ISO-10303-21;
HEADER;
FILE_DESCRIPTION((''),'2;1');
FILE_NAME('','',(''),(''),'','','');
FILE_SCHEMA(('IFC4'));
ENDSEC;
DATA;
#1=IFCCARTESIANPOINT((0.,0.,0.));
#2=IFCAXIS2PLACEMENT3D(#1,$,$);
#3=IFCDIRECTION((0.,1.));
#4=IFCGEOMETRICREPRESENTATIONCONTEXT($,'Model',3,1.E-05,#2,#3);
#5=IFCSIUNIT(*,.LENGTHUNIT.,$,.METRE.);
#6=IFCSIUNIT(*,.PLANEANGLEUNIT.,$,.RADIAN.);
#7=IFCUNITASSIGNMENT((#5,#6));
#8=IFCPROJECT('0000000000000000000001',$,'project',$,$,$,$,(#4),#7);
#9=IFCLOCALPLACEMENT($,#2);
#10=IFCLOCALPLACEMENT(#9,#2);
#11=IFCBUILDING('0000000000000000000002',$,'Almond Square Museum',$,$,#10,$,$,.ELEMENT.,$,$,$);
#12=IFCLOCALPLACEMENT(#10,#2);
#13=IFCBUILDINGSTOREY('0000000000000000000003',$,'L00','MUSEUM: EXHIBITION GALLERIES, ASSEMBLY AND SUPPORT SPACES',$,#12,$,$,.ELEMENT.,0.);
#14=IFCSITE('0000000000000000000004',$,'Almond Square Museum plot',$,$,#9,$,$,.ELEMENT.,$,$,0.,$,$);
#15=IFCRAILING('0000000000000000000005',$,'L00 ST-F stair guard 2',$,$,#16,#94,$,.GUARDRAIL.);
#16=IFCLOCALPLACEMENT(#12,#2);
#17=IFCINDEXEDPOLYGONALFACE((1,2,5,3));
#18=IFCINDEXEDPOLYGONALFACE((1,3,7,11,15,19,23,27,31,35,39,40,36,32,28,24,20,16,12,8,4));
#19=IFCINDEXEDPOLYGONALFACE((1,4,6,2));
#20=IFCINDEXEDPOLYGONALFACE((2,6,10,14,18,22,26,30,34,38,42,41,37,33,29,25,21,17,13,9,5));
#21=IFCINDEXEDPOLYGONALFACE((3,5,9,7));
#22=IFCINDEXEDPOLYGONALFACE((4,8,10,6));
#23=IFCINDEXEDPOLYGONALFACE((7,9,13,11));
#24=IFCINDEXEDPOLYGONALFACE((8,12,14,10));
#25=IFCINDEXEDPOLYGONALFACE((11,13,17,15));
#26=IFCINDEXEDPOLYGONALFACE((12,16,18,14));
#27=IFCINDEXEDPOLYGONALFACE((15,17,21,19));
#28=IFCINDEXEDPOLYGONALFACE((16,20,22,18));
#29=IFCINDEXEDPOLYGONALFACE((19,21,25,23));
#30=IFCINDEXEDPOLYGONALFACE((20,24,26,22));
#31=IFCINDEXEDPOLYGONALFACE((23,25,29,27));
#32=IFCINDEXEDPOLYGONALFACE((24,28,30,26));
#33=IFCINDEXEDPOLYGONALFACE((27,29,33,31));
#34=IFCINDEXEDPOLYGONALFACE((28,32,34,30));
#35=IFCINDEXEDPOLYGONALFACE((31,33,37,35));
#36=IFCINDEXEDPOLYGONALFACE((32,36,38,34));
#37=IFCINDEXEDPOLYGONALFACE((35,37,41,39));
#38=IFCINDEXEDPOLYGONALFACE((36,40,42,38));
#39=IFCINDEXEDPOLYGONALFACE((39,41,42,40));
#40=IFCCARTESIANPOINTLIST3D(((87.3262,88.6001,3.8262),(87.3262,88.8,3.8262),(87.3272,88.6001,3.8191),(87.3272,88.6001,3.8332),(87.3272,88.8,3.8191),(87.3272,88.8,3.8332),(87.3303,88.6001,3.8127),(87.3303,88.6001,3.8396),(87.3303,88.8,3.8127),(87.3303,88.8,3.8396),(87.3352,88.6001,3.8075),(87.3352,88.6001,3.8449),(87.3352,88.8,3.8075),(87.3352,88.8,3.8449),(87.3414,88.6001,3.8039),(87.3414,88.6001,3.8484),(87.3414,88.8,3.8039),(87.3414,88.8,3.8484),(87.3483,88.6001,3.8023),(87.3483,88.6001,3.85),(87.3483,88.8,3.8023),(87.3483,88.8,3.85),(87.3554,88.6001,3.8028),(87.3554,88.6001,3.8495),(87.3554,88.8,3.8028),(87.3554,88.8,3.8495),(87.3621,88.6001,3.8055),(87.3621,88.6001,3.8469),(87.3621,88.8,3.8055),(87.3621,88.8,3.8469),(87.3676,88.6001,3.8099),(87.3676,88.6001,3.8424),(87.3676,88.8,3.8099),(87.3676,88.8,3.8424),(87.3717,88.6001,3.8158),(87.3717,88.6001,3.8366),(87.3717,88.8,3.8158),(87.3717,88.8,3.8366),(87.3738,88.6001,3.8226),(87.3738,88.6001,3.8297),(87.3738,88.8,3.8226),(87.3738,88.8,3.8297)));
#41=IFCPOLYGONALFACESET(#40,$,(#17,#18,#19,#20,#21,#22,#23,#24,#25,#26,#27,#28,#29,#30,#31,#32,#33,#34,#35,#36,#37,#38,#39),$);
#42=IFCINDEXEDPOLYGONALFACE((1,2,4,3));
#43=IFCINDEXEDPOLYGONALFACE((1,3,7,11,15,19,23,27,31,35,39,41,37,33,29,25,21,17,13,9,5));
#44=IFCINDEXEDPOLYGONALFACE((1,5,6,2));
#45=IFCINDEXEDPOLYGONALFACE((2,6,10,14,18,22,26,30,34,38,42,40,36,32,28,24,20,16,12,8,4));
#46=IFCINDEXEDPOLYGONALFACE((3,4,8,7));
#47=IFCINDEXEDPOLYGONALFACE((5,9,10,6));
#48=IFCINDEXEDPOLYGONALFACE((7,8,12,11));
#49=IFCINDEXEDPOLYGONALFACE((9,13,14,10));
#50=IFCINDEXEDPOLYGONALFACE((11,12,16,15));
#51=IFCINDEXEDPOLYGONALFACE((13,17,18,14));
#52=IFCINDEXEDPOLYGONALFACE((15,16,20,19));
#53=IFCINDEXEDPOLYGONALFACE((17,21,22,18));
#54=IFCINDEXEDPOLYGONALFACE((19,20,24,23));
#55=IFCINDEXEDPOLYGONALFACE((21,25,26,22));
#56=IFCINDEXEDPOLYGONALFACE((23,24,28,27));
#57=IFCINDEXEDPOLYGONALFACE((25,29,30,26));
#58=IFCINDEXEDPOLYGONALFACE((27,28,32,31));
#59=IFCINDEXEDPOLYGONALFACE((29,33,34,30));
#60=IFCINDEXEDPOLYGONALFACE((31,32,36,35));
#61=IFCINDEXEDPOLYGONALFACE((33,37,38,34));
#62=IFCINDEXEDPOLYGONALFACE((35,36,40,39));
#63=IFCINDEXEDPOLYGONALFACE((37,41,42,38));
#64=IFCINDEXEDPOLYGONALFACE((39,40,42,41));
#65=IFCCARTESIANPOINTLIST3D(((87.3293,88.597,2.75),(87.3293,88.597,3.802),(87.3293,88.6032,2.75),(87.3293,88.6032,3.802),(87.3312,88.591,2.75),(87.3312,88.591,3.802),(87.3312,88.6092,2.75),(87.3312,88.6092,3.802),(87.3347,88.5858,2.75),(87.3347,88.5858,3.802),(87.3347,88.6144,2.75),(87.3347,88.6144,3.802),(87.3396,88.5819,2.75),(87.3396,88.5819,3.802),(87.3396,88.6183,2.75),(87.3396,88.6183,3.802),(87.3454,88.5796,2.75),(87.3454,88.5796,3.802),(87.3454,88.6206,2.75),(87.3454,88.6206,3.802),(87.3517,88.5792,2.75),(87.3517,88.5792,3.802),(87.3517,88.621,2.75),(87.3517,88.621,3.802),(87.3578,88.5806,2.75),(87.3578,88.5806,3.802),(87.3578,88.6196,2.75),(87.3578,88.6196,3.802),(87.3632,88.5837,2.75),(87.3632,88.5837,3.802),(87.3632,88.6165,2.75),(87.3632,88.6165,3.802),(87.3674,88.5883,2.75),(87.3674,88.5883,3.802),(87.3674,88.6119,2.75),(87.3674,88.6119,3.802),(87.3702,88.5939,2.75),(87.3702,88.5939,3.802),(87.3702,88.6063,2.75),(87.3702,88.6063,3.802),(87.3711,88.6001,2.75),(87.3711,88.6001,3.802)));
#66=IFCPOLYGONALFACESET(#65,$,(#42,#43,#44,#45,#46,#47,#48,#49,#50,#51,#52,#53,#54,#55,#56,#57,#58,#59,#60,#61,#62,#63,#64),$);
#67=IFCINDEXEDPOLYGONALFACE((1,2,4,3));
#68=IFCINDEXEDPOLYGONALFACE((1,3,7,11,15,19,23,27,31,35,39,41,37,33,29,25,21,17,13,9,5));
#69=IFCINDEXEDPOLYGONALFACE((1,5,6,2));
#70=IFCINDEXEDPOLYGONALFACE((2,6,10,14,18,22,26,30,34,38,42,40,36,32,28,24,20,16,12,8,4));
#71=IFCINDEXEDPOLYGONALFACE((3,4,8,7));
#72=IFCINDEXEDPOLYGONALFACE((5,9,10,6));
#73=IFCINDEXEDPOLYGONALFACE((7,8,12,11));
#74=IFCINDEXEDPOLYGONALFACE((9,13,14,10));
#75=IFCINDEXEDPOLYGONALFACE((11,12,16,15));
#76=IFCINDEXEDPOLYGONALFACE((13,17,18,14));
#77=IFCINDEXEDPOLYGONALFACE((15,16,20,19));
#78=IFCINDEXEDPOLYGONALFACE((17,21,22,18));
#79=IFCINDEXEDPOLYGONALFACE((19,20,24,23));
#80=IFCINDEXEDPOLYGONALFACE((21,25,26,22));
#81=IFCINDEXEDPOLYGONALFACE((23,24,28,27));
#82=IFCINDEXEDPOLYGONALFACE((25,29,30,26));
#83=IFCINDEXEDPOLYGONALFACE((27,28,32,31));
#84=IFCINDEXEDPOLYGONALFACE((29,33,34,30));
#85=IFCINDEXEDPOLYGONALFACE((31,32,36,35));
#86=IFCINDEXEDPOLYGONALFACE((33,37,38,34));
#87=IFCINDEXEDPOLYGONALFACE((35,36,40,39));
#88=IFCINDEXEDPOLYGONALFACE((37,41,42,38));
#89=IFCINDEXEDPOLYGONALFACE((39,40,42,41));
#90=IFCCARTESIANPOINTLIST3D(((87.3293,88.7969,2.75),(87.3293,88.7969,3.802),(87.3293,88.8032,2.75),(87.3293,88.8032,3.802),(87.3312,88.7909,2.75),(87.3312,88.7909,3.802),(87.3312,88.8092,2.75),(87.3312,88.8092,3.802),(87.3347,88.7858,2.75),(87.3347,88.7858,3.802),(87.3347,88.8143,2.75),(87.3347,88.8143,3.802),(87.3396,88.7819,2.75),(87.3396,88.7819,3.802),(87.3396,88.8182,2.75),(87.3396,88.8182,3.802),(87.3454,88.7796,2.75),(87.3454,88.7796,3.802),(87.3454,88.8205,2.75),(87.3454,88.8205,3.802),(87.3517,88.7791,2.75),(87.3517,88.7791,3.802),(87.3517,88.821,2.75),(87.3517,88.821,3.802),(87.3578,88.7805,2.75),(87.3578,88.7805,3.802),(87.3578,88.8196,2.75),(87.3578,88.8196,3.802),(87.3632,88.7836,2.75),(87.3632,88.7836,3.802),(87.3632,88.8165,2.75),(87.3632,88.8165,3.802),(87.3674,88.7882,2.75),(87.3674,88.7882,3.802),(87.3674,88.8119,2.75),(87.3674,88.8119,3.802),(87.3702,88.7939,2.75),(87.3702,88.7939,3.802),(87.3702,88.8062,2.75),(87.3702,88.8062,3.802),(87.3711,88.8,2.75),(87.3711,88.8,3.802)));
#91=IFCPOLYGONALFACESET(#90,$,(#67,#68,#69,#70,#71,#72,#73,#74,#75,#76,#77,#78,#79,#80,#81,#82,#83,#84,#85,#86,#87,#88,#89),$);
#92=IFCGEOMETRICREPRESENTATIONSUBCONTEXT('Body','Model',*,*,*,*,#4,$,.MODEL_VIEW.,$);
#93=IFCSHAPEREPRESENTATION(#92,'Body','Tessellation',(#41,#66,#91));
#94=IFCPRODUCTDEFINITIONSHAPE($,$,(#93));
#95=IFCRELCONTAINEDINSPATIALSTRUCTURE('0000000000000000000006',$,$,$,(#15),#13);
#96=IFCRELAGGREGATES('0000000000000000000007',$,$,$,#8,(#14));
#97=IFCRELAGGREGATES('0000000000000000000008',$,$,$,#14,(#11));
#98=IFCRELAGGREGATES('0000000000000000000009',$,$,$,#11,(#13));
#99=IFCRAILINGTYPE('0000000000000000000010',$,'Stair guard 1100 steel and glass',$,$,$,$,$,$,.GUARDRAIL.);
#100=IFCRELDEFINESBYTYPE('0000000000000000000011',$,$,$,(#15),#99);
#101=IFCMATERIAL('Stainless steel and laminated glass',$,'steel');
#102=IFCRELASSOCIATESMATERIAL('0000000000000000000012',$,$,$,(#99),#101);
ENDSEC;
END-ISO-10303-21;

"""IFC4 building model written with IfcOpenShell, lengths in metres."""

from ifc_helpers import new_model, si_unit, direction, frame, origin, origin_2d, place, context, subcontext, project, spatial, circle, extrude, material, type_object, element, save


model = new_model("IFC4")

# Units and contexts
model_context = context("Model", 3, precision=1e-05, world=origin(), true_north=direction((0.0, 1.0)))
body_context = subcontext(model_context, "Body", "Model", "MODEL_VIEW")
ifc_project = project(units=[si_unit("LENGTHUNIT", "METRE"), si_unit("PLANEANGLEUNIT", "RADIAN")], contexts=[model_context])

# Site, building, storey
site_placement = place(None, origin())
site = spatial("IfcSite", under=ifc_project, at=site_placement, Name="Almond Square Museum plot", CompositionType="ELEMENT", RefElevation=0.0)
building_placement = place(site_placement, origin())
building = spatial("IfcBuilding", under=site, at=building_placement, Name="Almond Square Museum", CompositionType="ELEMENT")
storey_placement = place(building_placement, origin())
storey = spatial("IfcBuildingStorey", under=building, at=storey_placement, Name="L00", Description="MUSEUM: EXHIBITION GALLERIES, ASSEMBLY AND SUPPORT SPACES", CompositionType="ELEMENT", Elevation=0.0)

# Railing
ifc_material_1 = material(Name="Stainless steel and laminated glass", Category="steel")
railing_type_1 = type_object("IfcRailingType", Name="Stair guard 1100 steel and glass", PredefinedType="GUARDRAIL", material=ifc_material_1)
railing_1_placement = place(storey_placement, frame((87.3501, 88.6001, 2.75)))
element("IfcRailing", 1, at=railing_1_placement, inside=storey, type_object=railing_type_1, Name="L00 ST-F stair guard 2", PredefinedType="GUARDRAIL", context=body_context, shape_type="SweptSolid", body=[
    extrude(circle(Radius=0.0239, at=origin_2d()), frame((0.0, 0.0, 1.0762), z_axis=(0.0, 1.0, 0.0), x_axis=(-1.0, 0.0, 0.0)), (0.0, 0.0, 1.0), 0.2),
    extrude(circle(Radius=0.021, at=origin_2d()), origin(), (0.0, 0.0, 1.0), 1.052),
    extrude(circle(Radius=0.021, at=origin_2d()), frame((0.0, 0.2, 0.0)), (0.0, 0.0, 1.0), 1.052),
])

save(model, "model.ifc")
